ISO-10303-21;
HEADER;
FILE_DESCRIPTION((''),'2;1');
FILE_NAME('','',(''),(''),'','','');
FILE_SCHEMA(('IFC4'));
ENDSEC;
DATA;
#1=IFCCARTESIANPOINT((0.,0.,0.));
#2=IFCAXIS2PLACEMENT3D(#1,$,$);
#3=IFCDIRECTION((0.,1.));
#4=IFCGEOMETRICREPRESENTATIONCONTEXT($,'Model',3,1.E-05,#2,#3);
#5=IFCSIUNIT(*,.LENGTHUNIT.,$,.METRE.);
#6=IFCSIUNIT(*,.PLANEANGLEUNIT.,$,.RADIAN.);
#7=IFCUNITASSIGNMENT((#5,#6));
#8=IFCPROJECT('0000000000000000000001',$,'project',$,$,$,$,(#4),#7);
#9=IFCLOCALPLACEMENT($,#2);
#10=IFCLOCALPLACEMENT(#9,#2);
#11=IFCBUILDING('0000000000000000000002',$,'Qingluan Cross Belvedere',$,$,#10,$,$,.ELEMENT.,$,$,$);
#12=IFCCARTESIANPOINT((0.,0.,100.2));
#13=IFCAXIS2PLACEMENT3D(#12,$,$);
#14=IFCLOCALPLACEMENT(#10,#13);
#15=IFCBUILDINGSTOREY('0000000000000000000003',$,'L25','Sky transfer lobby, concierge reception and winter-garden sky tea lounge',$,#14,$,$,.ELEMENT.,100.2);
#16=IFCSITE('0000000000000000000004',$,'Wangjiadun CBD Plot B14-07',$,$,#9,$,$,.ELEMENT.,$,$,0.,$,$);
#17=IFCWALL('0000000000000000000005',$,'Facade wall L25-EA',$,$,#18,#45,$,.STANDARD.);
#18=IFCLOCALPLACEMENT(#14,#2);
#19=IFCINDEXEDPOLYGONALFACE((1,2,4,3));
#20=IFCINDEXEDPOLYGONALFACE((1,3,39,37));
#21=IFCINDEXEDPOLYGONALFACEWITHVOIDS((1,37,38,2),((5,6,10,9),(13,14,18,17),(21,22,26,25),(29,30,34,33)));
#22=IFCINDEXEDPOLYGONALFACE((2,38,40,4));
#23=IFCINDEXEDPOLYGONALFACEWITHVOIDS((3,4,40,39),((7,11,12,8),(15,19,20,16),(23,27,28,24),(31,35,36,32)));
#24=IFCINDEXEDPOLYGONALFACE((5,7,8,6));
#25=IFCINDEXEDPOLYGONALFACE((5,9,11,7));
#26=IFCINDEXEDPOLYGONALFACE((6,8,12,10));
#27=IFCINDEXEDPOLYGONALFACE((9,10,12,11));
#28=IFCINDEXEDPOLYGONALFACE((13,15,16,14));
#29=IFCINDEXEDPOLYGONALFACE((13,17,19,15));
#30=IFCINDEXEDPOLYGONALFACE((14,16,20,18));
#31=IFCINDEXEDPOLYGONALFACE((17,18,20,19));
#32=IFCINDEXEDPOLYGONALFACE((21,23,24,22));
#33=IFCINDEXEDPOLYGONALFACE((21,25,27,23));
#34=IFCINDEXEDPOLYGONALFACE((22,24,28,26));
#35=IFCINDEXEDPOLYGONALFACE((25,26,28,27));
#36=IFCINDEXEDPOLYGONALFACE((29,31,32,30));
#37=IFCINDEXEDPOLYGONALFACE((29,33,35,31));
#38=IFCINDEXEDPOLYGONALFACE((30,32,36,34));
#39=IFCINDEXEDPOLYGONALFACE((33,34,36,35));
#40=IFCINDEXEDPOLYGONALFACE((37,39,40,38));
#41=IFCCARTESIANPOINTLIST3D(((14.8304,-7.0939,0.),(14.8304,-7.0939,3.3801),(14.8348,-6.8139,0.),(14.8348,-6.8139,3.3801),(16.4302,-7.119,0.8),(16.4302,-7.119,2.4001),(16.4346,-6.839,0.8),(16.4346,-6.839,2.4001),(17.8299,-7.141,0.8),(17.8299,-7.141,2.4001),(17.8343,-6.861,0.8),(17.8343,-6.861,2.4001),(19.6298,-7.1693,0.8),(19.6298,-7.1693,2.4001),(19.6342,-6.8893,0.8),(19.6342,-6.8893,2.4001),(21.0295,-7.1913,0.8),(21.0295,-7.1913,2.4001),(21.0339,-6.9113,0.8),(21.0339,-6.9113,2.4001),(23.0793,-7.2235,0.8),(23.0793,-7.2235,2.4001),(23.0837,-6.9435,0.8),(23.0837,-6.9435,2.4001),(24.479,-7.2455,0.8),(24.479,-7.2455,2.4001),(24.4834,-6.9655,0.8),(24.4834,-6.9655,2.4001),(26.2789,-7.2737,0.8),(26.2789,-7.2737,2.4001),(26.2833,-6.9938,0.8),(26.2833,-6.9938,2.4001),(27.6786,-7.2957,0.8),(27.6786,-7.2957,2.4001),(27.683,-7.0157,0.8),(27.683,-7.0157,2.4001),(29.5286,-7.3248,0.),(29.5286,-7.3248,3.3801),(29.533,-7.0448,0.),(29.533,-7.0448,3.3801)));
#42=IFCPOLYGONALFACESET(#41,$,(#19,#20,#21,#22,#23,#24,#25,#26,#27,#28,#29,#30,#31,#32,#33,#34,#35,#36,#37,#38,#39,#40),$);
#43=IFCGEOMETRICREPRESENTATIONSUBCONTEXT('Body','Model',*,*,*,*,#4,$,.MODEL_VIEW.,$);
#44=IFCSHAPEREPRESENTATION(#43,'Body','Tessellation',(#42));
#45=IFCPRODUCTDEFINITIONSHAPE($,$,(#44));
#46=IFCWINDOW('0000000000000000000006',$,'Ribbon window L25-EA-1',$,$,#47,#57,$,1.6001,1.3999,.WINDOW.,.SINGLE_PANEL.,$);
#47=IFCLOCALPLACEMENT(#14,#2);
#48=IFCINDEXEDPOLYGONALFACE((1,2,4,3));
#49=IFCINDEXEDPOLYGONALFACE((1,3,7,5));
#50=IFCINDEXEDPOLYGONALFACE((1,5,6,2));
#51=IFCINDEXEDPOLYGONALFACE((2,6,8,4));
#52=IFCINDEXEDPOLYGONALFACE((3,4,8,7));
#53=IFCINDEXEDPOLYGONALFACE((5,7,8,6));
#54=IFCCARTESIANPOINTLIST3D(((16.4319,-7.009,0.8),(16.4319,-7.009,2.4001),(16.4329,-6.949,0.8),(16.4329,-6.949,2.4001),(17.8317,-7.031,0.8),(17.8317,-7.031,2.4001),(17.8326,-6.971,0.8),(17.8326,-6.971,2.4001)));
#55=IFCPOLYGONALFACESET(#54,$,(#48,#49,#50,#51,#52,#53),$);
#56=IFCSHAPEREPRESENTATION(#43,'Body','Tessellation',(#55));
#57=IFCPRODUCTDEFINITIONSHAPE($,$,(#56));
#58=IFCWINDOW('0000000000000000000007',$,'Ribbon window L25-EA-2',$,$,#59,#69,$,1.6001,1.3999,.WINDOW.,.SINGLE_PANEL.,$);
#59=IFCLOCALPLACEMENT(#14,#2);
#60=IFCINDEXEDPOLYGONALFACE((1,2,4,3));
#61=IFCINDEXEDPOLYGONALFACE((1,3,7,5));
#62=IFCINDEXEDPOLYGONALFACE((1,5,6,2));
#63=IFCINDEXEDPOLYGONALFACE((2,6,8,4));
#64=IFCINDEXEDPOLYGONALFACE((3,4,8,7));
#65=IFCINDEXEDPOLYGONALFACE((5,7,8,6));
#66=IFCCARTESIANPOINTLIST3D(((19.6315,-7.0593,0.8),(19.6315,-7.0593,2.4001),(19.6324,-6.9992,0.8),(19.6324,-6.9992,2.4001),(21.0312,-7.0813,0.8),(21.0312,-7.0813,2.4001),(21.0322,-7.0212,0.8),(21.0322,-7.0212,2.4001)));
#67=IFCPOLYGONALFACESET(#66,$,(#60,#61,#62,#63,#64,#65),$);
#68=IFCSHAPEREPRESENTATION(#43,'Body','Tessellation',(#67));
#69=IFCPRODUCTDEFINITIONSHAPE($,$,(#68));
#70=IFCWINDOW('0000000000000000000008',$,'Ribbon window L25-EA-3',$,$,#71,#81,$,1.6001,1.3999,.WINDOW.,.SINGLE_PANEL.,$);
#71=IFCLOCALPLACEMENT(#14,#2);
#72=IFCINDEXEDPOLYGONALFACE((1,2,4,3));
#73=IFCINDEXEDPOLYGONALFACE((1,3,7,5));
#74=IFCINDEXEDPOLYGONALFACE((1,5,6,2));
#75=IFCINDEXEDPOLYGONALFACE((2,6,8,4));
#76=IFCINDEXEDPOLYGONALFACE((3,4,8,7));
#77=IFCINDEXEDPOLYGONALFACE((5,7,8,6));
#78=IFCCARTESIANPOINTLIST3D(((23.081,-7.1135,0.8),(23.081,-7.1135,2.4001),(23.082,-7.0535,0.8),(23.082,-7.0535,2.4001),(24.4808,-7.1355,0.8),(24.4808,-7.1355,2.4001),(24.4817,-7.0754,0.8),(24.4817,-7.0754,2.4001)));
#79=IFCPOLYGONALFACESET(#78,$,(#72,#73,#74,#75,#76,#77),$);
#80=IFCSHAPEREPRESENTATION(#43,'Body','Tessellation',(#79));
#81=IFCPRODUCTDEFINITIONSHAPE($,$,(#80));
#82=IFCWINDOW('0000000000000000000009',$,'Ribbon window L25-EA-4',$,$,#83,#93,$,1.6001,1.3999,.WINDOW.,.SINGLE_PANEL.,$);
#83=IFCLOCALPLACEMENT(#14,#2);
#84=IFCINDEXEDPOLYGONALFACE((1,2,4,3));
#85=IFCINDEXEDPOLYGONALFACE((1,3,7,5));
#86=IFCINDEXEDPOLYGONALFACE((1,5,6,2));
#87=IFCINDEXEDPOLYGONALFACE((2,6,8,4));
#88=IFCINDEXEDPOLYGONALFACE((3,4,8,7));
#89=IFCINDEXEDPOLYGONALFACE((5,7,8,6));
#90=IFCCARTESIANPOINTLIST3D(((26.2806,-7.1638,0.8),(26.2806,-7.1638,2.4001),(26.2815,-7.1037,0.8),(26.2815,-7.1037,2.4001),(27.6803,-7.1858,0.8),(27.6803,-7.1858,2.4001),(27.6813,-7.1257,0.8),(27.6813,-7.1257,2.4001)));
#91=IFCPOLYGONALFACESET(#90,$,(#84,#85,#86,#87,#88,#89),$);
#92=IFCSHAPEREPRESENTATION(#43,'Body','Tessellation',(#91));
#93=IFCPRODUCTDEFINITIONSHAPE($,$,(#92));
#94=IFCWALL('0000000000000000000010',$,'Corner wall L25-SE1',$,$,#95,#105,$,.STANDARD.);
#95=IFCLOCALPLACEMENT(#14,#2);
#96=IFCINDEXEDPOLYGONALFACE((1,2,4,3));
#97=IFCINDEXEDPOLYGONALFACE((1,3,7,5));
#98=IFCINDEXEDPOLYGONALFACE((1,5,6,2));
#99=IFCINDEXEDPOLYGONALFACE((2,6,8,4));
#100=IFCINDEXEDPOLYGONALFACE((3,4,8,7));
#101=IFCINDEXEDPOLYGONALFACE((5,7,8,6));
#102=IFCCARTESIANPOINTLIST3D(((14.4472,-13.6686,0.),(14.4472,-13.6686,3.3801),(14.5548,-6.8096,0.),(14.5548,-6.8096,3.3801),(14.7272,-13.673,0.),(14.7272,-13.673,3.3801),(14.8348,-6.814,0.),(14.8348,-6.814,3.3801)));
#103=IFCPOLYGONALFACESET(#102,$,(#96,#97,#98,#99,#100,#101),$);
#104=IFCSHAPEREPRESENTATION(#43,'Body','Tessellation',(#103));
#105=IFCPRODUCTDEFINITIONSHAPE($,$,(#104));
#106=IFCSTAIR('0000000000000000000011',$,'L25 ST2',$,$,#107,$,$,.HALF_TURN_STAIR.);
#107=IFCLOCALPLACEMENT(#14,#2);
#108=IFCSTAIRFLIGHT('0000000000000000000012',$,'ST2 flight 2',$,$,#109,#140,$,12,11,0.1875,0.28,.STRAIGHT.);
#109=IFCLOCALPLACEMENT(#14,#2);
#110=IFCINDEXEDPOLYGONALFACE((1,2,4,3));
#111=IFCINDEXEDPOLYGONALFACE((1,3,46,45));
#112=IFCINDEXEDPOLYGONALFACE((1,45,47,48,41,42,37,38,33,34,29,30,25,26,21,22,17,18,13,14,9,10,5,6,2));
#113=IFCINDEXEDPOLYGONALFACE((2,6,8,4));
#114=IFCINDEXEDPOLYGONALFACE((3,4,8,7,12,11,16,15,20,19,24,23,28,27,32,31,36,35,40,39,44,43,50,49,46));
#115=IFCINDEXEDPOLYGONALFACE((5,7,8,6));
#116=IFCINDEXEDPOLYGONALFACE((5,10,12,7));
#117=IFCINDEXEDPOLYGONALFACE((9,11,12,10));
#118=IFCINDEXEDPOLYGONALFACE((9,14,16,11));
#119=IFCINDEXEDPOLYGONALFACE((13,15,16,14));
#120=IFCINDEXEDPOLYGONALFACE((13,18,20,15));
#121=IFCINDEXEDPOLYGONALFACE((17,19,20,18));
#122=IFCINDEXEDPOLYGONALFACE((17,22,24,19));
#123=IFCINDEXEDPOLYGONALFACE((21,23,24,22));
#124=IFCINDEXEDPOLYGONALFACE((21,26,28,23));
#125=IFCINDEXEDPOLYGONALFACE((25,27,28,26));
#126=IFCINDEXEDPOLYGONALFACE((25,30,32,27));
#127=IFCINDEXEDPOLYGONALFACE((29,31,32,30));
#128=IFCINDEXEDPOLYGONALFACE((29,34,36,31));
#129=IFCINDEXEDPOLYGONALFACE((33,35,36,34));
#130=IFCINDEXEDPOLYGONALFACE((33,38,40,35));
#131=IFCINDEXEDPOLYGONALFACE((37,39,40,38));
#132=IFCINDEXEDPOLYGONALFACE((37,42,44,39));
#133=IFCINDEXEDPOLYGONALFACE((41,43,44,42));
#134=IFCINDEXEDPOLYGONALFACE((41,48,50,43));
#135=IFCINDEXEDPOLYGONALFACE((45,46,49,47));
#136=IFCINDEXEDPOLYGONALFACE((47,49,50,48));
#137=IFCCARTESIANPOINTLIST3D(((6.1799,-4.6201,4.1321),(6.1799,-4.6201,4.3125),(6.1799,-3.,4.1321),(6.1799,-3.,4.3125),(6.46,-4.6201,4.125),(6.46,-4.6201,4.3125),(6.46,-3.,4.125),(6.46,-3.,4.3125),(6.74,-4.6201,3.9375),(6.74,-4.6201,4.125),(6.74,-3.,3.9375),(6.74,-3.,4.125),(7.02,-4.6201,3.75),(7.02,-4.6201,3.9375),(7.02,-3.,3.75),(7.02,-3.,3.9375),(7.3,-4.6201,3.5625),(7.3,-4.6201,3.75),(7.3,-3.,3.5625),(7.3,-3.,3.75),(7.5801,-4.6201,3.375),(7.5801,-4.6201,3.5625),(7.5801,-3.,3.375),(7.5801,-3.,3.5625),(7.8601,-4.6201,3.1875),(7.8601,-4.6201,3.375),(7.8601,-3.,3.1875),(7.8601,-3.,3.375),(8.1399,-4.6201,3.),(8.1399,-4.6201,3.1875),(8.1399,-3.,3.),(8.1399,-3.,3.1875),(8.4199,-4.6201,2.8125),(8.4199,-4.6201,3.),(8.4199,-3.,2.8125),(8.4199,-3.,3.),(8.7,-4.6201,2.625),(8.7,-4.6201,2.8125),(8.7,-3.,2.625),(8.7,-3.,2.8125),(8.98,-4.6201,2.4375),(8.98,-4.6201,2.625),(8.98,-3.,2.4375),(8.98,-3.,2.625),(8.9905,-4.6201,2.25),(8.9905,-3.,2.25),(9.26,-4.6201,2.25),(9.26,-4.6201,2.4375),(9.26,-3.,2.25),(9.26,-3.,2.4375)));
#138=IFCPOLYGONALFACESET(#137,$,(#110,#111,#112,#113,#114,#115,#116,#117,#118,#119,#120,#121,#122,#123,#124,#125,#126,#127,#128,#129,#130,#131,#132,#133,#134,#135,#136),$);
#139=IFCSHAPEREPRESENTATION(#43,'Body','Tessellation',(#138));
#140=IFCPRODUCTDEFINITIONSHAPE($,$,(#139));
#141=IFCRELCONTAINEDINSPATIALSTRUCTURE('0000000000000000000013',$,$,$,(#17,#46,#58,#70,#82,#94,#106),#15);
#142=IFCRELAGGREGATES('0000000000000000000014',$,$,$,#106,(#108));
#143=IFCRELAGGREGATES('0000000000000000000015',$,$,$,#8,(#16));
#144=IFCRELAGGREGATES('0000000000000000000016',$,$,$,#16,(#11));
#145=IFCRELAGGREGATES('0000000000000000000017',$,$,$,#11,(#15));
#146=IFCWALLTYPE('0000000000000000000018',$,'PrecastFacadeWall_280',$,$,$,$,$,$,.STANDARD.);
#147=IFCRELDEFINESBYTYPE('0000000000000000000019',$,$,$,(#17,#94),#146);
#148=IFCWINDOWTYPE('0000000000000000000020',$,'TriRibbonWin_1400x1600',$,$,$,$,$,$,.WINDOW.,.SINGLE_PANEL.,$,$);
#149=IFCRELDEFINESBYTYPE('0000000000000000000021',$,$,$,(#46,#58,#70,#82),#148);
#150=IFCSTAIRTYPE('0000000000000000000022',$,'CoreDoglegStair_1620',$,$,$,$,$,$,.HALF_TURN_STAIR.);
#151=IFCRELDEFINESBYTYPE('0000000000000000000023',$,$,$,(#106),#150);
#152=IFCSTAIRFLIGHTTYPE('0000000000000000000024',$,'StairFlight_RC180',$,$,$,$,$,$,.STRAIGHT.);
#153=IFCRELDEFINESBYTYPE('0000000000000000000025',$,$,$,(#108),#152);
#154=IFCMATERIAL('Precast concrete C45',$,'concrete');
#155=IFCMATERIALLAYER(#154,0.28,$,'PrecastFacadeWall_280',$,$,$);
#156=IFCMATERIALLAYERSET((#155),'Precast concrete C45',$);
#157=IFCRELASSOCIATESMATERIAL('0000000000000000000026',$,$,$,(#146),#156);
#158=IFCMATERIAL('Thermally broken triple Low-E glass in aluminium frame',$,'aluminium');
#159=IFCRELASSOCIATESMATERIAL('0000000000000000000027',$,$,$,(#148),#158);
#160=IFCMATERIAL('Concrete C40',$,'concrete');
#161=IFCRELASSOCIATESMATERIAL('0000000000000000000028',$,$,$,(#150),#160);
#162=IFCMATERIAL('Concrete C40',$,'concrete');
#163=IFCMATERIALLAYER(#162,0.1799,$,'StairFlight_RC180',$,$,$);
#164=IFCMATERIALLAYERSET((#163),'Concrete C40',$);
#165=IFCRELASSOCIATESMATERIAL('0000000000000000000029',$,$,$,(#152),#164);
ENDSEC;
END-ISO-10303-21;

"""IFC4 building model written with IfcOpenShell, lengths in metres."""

from ifc_helpers import new_model, si_unit, direction, frame, frame_2d, origin, place, context, subcontext, project, spatial, polyline, rectangle, outline, extrude, material, layer, layer_set, type_object, element, fill, aggregate, save


model = new_model("IFC4")

# Units and contexts
model_context = context("Model", 3, precision=1e-05, world=origin(), true_north=direction((0.0, 1.0)))
body_context = subcontext(model_context, "Body", "Model", "MODEL_VIEW")
ifc_project = project(units=[si_unit("LENGTHUNIT", "METRE"), si_unit("PLANEANGLEUNIT", "RADIAN")], contexts=[model_context])

# Site, building, storey
site_placement = place(None, origin())
site = spatial("IfcSite", under=ifc_project, at=site_placement, Name="Wangjiadun CBD Plot B14-07", CompositionType="ELEMENT", RefElevation=0.0)
building_placement = place(site_placement, origin())
building = spatial("IfcBuilding", under=site, at=building_placement, Name="Qingluan Cross Belvedere", CompositionType="ELEMENT")
storey_placement = place(building_placement, frame((0.0, 0.0, 100.2)))
storey = spatial("IfcBuildingStorey", under=building, at=storey_placement, Name="L25", Description="Sky transfer lobby, concierge reception and winter-garden sky tea lounge", CompositionType="ELEMENT", Elevation=100.2)

# Wall, openings, windows
ifc_material_1 = material(Name="Precast concrete C45", Category="concrete")
ifc_layer_1 = layer(ifc_material_1, 0.28, Name="PrecastFacadeWall_280")
ifc_layer_set_1 = layer_set([ifc_layer_1], Name="Precast concrete C45")
wall_type_1 = type_object("IfcWallType", Name="PrecastFacadeWall_280", PredefinedType="STANDARD", material=ifc_layer_set_1)
wall_1_placement = place(storey_placement, frame((14.8325, -6.9539, 0.0), z_axis=(0.0, 0.0, 1.0), x_axis=(0.999877, -0.015711, 0.0)))
wall_1 = element("IfcWall", 1, at=wall_1_placement, inside=storey, type_object=wall_type_1, Name="Facade wall L25-EA", PredefinedType="STANDARD", context=body_context, shape_type="SweptSolid", body=[
    extrude(rectangle(XDim=14.7, YDim=0.28, at=frame_2d((7.3501, 0.0))), origin(), (0.0, 0.0, 1.0), 3.3801),
])
opening_1_placement = place(wall_1_placement, frame((1.6001, 0.0, 0.8)))
opening_1 = element("IfcOpeningElement", 2, at=opening_1_placement, cuts=wall_1, PredefinedType="OPENING", context=body_context, shape_type="SweptSolid", body=[
    extrude(rectangle(XDim=1.3999, YDim=1.6001, at=frame_2d((0.7, 0.8))), frame((0.0, 0.1499, 0.0), z_axis=(0.0, -1.0, 0.0), x_axis=(1.0, 0.0, 0.0)), (0.0, 0.0, 1.0), 0.3),
])
opening_2_placement = place(wall_1_placement, frame((4.8, 0.0, 0.8)))
opening_2 = element("IfcOpeningElement", 3, at=opening_2_placement, cuts=wall_1, PredefinedType="OPENING", context=body_context, shape_type="SweptSolid", body=[
    extrude(rectangle(XDim=1.3999, YDim=1.6001, at=frame_2d((0.7, 0.8))), frame((0.0, 0.1499, 0.0), z_axis=(0.0, -1.0, 0.0), x_axis=(1.0, 0.0, 0.0)), (0.0, 0.0, 1.0), 0.3),
])
opening_3_placement = place(wall_1_placement, frame((8.25, 0.0, 0.8)))
opening_3 = element("IfcOpeningElement", 4, at=opening_3_placement, cuts=wall_1, PredefinedType="OPENING", context=body_context, shape_type="SweptSolid", body=[
    extrude(rectangle(XDim=1.3999, YDim=1.6001, at=frame_2d((0.7, 0.8))), frame((0.0, 0.1499, 0.0), z_axis=(0.0, -1.0, 0.0), x_axis=(1.0, 0.0, 0.0)), (0.0, 0.0, 1.0), 0.3),
])
opening_4_placement = place(wall_1_placement, frame((11.45, 0.0, 0.8)))
opening_4 = element("IfcOpeningElement", 5, at=opening_4_placement, cuts=wall_1, PredefinedType="OPENING", context=body_context, shape_type="SweptSolid", body=[
    extrude(rectangle(XDim=1.3999, YDim=1.6001, at=frame_2d((0.7, 0.8))), frame((0.0, 0.1499, 0.0), z_axis=(0.0, -1.0, 0.0), x_axis=(1.0, 0.0, 0.0)), (0.0, 0.0, 1.0), 0.3),
])
ifc_material_2 = material(Name="Thermally broken triple Low-E glass in aluminium frame", Category="aluminium")
window_type = type_object("IfcWindowType", Name="TriRibbonWin_1400x1600", PartitioningType="SINGLE_PANEL", PredefinedType="WINDOW", material=ifc_material_2)
window_1_placement = place(opening_1_placement, origin())
window_1 = element("IfcWindow", 6, at=window_1_placement, inside=storey, type_object=window_type, Name="Ribbon window L25-EA-1", OverallHeight=1.6001, OverallWidth=1.3999, PartitioningType="SINGLE_PANEL", PredefinedType="WINDOW", context=body_context, shape_type="SweptSolid", body=[
    extrude(rectangle(XDim=1.3999, YDim=1.6001, at=frame_2d((0.7, 0.8))), frame((0.0, 0.03, 0.0), z_axis=(0.0, -1.0, 0.0), x_axis=(1.0, 0.0, 0.0)), (0.0, 0.0, 1.0), 0.0601),
])
fill(opening_1, window_1)
window_2_placement = place(opening_2_placement, origin())
window_2 = element("IfcWindow", 7, at=window_2_placement, inside=storey, type_object=window_type, Name="Ribbon window L25-EA-2", OverallHeight=1.6001, OverallWidth=1.3999, PartitioningType="SINGLE_PANEL", PredefinedType="WINDOW", context=body_context, shape_type="SweptSolid", body=[
    extrude(rectangle(XDim=1.3999, YDim=1.6001, at=frame_2d((0.7, 0.8))), frame((0.0, 0.03, 0.0), z_axis=(0.0, -1.0, 0.0), x_axis=(1.0, 0.0, 0.0)), (0.0, 0.0, 1.0), 0.0601),
])
fill(opening_2, window_2)
window_3_placement = place(opening_3_placement, origin())
window_3 = element("IfcWindow", 8, at=window_3_placement, inside=storey, type_object=window_type, Name="Ribbon window L25-EA-3", OverallHeight=1.6001, OverallWidth=1.3999, PartitioningType="SINGLE_PANEL", PredefinedType="WINDOW", context=body_context, shape_type="SweptSolid", body=[
    extrude(rectangle(XDim=1.3999, YDim=1.6001, at=frame_2d((0.7, 0.8))), frame((0.0, 0.03, 0.0), z_axis=(0.0, -1.0, 0.0), x_axis=(1.0, 0.0, 0.0)), (0.0, 0.0, 1.0), 0.0601),
])
fill(opening_3, window_3)
window_4_placement = place(opening_4_placement, origin())
window_4 = element("IfcWindow", 9, at=window_4_placement, inside=storey, type_object=window_type, Name="Ribbon window L25-EA-4", OverallHeight=1.6001, OverallWidth=1.3999, PartitioningType="SINGLE_PANEL", PredefinedType="WINDOW", context=body_context, shape_type="SweptSolid", body=[
    extrude(rectangle(XDim=1.3999, YDim=1.6001, at=frame_2d((0.7, 0.8))), frame((0.0, 0.03, 0.0), z_axis=(0.0, -1.0, 0.0), x_axis=(1.0, 0.0, 0.0)), (0.0, 0.0, 1.0), 0.0601),
])
fill(opening_4, window_4)

# Wall
wall_2_placement = place(storey_placement, frame((14.6948, -6.8118, 0.0), z_axis=(0.0, 0.0, 1.0), x_axis=(-0.015695, -0.999877, 0.0)))
element("IfcWall", 10, at=wall_2_placement, inside=storey, type_object=wall_type_1, Name="Corner wall L25-SE1", PredefinedType="STANDARD", context=body_context, shape_type="SweptSolid", body=[
    extrude(rectangle(XDim=6.8599, YDim=0.28, at=frame_2d((3.4299, 0.0))), origin(), (0.0, 0.0, 1.0), 3.3801),
])

# Stair, stair flight
ifc_material_3 = material(Name="Concrete C40", Category="concrete")
stair_type = type_object("IfcStairType", Name="CoreDoglegStair_1620", PredefinedType="HALF_TURN_STAIR", material=ifc_material_3)
stair_placement = place(storey_placement, origin())
stair = element("IfcStair", 11, at=stair_placement, inside=storey, type_object=stair_type, Name="L25 ST2", PredefinedType="HALF_TURN_STAIR")
ifc_material_4 = material(Name="Concrete C40", Category="concrete")
ifc_layer_2 = layer(ifc_material_4, 0.1799, Name="StairFlight_RC180")
ifc_layer_set_2 = layer_set([ifc_layer_2], Name="Concrete C40")
stair_flight_type = type_object("IfcStairFlightType", Name="StairFlight_RC180", PredefinedType="STRAIGHT", material=ifc_layer_set_2)
stair_flight_placement = place(storey_placement, frame((9.26, -3.8101, 2.25), z_axis=(0.0, 0.0, 1.0), x_axis=(-1.0, 0.0, 0.0)))
stair_flight = element("IfcStairFlight", 12, at=stair_flight_placement, type_object=stair_flight_type, Name="ST2 flight 2", NumberOfRisers=12, NumberOfTreads=11, PredefinedType="STRAIGHT", RiserHeight=0.1875, TreadLength=0.28, context=body_context, shape_type="SweptSolid", body=[
    extrude(outline(polyline([(0.0, 0.0), (0.0, 0.1875), (0.28, 0.1875), (0.28, 0.375), (0.5601, 0.375), (0.5601, 0.5625), (0.8401, 0.5625), (0.8401, 0.75), (1.1201, 0.75), (1.1201, 0.9375), (1.3999, 0.9375), (1.3999, 1.125), (1.6799, 1.125), (1.6799, 1.3125), (1.96, 1.3125), (1.96, 1.5), (2.24, 1.5), (2.24, 1.6875), (2.52, 1.6875), (2.52, 1.875), (2.8, 1.875), (2.8, 2.0625), (3.0801, 2.0625), (3.0801, 2.25), (3.0801, 1.8821), (0.2695, 0.0), (0.0, 0.0)])), frame((0.0, 0.8101, 0.0), z_axis=(0.0, -1.0, 0.0), x_axis=(1.0, 0.0, 0.0)), (0.0, 0.0, 1.0), 1.6201),
])
aggregate(stair, [stair_flight])

save(model, "model.ifc")
